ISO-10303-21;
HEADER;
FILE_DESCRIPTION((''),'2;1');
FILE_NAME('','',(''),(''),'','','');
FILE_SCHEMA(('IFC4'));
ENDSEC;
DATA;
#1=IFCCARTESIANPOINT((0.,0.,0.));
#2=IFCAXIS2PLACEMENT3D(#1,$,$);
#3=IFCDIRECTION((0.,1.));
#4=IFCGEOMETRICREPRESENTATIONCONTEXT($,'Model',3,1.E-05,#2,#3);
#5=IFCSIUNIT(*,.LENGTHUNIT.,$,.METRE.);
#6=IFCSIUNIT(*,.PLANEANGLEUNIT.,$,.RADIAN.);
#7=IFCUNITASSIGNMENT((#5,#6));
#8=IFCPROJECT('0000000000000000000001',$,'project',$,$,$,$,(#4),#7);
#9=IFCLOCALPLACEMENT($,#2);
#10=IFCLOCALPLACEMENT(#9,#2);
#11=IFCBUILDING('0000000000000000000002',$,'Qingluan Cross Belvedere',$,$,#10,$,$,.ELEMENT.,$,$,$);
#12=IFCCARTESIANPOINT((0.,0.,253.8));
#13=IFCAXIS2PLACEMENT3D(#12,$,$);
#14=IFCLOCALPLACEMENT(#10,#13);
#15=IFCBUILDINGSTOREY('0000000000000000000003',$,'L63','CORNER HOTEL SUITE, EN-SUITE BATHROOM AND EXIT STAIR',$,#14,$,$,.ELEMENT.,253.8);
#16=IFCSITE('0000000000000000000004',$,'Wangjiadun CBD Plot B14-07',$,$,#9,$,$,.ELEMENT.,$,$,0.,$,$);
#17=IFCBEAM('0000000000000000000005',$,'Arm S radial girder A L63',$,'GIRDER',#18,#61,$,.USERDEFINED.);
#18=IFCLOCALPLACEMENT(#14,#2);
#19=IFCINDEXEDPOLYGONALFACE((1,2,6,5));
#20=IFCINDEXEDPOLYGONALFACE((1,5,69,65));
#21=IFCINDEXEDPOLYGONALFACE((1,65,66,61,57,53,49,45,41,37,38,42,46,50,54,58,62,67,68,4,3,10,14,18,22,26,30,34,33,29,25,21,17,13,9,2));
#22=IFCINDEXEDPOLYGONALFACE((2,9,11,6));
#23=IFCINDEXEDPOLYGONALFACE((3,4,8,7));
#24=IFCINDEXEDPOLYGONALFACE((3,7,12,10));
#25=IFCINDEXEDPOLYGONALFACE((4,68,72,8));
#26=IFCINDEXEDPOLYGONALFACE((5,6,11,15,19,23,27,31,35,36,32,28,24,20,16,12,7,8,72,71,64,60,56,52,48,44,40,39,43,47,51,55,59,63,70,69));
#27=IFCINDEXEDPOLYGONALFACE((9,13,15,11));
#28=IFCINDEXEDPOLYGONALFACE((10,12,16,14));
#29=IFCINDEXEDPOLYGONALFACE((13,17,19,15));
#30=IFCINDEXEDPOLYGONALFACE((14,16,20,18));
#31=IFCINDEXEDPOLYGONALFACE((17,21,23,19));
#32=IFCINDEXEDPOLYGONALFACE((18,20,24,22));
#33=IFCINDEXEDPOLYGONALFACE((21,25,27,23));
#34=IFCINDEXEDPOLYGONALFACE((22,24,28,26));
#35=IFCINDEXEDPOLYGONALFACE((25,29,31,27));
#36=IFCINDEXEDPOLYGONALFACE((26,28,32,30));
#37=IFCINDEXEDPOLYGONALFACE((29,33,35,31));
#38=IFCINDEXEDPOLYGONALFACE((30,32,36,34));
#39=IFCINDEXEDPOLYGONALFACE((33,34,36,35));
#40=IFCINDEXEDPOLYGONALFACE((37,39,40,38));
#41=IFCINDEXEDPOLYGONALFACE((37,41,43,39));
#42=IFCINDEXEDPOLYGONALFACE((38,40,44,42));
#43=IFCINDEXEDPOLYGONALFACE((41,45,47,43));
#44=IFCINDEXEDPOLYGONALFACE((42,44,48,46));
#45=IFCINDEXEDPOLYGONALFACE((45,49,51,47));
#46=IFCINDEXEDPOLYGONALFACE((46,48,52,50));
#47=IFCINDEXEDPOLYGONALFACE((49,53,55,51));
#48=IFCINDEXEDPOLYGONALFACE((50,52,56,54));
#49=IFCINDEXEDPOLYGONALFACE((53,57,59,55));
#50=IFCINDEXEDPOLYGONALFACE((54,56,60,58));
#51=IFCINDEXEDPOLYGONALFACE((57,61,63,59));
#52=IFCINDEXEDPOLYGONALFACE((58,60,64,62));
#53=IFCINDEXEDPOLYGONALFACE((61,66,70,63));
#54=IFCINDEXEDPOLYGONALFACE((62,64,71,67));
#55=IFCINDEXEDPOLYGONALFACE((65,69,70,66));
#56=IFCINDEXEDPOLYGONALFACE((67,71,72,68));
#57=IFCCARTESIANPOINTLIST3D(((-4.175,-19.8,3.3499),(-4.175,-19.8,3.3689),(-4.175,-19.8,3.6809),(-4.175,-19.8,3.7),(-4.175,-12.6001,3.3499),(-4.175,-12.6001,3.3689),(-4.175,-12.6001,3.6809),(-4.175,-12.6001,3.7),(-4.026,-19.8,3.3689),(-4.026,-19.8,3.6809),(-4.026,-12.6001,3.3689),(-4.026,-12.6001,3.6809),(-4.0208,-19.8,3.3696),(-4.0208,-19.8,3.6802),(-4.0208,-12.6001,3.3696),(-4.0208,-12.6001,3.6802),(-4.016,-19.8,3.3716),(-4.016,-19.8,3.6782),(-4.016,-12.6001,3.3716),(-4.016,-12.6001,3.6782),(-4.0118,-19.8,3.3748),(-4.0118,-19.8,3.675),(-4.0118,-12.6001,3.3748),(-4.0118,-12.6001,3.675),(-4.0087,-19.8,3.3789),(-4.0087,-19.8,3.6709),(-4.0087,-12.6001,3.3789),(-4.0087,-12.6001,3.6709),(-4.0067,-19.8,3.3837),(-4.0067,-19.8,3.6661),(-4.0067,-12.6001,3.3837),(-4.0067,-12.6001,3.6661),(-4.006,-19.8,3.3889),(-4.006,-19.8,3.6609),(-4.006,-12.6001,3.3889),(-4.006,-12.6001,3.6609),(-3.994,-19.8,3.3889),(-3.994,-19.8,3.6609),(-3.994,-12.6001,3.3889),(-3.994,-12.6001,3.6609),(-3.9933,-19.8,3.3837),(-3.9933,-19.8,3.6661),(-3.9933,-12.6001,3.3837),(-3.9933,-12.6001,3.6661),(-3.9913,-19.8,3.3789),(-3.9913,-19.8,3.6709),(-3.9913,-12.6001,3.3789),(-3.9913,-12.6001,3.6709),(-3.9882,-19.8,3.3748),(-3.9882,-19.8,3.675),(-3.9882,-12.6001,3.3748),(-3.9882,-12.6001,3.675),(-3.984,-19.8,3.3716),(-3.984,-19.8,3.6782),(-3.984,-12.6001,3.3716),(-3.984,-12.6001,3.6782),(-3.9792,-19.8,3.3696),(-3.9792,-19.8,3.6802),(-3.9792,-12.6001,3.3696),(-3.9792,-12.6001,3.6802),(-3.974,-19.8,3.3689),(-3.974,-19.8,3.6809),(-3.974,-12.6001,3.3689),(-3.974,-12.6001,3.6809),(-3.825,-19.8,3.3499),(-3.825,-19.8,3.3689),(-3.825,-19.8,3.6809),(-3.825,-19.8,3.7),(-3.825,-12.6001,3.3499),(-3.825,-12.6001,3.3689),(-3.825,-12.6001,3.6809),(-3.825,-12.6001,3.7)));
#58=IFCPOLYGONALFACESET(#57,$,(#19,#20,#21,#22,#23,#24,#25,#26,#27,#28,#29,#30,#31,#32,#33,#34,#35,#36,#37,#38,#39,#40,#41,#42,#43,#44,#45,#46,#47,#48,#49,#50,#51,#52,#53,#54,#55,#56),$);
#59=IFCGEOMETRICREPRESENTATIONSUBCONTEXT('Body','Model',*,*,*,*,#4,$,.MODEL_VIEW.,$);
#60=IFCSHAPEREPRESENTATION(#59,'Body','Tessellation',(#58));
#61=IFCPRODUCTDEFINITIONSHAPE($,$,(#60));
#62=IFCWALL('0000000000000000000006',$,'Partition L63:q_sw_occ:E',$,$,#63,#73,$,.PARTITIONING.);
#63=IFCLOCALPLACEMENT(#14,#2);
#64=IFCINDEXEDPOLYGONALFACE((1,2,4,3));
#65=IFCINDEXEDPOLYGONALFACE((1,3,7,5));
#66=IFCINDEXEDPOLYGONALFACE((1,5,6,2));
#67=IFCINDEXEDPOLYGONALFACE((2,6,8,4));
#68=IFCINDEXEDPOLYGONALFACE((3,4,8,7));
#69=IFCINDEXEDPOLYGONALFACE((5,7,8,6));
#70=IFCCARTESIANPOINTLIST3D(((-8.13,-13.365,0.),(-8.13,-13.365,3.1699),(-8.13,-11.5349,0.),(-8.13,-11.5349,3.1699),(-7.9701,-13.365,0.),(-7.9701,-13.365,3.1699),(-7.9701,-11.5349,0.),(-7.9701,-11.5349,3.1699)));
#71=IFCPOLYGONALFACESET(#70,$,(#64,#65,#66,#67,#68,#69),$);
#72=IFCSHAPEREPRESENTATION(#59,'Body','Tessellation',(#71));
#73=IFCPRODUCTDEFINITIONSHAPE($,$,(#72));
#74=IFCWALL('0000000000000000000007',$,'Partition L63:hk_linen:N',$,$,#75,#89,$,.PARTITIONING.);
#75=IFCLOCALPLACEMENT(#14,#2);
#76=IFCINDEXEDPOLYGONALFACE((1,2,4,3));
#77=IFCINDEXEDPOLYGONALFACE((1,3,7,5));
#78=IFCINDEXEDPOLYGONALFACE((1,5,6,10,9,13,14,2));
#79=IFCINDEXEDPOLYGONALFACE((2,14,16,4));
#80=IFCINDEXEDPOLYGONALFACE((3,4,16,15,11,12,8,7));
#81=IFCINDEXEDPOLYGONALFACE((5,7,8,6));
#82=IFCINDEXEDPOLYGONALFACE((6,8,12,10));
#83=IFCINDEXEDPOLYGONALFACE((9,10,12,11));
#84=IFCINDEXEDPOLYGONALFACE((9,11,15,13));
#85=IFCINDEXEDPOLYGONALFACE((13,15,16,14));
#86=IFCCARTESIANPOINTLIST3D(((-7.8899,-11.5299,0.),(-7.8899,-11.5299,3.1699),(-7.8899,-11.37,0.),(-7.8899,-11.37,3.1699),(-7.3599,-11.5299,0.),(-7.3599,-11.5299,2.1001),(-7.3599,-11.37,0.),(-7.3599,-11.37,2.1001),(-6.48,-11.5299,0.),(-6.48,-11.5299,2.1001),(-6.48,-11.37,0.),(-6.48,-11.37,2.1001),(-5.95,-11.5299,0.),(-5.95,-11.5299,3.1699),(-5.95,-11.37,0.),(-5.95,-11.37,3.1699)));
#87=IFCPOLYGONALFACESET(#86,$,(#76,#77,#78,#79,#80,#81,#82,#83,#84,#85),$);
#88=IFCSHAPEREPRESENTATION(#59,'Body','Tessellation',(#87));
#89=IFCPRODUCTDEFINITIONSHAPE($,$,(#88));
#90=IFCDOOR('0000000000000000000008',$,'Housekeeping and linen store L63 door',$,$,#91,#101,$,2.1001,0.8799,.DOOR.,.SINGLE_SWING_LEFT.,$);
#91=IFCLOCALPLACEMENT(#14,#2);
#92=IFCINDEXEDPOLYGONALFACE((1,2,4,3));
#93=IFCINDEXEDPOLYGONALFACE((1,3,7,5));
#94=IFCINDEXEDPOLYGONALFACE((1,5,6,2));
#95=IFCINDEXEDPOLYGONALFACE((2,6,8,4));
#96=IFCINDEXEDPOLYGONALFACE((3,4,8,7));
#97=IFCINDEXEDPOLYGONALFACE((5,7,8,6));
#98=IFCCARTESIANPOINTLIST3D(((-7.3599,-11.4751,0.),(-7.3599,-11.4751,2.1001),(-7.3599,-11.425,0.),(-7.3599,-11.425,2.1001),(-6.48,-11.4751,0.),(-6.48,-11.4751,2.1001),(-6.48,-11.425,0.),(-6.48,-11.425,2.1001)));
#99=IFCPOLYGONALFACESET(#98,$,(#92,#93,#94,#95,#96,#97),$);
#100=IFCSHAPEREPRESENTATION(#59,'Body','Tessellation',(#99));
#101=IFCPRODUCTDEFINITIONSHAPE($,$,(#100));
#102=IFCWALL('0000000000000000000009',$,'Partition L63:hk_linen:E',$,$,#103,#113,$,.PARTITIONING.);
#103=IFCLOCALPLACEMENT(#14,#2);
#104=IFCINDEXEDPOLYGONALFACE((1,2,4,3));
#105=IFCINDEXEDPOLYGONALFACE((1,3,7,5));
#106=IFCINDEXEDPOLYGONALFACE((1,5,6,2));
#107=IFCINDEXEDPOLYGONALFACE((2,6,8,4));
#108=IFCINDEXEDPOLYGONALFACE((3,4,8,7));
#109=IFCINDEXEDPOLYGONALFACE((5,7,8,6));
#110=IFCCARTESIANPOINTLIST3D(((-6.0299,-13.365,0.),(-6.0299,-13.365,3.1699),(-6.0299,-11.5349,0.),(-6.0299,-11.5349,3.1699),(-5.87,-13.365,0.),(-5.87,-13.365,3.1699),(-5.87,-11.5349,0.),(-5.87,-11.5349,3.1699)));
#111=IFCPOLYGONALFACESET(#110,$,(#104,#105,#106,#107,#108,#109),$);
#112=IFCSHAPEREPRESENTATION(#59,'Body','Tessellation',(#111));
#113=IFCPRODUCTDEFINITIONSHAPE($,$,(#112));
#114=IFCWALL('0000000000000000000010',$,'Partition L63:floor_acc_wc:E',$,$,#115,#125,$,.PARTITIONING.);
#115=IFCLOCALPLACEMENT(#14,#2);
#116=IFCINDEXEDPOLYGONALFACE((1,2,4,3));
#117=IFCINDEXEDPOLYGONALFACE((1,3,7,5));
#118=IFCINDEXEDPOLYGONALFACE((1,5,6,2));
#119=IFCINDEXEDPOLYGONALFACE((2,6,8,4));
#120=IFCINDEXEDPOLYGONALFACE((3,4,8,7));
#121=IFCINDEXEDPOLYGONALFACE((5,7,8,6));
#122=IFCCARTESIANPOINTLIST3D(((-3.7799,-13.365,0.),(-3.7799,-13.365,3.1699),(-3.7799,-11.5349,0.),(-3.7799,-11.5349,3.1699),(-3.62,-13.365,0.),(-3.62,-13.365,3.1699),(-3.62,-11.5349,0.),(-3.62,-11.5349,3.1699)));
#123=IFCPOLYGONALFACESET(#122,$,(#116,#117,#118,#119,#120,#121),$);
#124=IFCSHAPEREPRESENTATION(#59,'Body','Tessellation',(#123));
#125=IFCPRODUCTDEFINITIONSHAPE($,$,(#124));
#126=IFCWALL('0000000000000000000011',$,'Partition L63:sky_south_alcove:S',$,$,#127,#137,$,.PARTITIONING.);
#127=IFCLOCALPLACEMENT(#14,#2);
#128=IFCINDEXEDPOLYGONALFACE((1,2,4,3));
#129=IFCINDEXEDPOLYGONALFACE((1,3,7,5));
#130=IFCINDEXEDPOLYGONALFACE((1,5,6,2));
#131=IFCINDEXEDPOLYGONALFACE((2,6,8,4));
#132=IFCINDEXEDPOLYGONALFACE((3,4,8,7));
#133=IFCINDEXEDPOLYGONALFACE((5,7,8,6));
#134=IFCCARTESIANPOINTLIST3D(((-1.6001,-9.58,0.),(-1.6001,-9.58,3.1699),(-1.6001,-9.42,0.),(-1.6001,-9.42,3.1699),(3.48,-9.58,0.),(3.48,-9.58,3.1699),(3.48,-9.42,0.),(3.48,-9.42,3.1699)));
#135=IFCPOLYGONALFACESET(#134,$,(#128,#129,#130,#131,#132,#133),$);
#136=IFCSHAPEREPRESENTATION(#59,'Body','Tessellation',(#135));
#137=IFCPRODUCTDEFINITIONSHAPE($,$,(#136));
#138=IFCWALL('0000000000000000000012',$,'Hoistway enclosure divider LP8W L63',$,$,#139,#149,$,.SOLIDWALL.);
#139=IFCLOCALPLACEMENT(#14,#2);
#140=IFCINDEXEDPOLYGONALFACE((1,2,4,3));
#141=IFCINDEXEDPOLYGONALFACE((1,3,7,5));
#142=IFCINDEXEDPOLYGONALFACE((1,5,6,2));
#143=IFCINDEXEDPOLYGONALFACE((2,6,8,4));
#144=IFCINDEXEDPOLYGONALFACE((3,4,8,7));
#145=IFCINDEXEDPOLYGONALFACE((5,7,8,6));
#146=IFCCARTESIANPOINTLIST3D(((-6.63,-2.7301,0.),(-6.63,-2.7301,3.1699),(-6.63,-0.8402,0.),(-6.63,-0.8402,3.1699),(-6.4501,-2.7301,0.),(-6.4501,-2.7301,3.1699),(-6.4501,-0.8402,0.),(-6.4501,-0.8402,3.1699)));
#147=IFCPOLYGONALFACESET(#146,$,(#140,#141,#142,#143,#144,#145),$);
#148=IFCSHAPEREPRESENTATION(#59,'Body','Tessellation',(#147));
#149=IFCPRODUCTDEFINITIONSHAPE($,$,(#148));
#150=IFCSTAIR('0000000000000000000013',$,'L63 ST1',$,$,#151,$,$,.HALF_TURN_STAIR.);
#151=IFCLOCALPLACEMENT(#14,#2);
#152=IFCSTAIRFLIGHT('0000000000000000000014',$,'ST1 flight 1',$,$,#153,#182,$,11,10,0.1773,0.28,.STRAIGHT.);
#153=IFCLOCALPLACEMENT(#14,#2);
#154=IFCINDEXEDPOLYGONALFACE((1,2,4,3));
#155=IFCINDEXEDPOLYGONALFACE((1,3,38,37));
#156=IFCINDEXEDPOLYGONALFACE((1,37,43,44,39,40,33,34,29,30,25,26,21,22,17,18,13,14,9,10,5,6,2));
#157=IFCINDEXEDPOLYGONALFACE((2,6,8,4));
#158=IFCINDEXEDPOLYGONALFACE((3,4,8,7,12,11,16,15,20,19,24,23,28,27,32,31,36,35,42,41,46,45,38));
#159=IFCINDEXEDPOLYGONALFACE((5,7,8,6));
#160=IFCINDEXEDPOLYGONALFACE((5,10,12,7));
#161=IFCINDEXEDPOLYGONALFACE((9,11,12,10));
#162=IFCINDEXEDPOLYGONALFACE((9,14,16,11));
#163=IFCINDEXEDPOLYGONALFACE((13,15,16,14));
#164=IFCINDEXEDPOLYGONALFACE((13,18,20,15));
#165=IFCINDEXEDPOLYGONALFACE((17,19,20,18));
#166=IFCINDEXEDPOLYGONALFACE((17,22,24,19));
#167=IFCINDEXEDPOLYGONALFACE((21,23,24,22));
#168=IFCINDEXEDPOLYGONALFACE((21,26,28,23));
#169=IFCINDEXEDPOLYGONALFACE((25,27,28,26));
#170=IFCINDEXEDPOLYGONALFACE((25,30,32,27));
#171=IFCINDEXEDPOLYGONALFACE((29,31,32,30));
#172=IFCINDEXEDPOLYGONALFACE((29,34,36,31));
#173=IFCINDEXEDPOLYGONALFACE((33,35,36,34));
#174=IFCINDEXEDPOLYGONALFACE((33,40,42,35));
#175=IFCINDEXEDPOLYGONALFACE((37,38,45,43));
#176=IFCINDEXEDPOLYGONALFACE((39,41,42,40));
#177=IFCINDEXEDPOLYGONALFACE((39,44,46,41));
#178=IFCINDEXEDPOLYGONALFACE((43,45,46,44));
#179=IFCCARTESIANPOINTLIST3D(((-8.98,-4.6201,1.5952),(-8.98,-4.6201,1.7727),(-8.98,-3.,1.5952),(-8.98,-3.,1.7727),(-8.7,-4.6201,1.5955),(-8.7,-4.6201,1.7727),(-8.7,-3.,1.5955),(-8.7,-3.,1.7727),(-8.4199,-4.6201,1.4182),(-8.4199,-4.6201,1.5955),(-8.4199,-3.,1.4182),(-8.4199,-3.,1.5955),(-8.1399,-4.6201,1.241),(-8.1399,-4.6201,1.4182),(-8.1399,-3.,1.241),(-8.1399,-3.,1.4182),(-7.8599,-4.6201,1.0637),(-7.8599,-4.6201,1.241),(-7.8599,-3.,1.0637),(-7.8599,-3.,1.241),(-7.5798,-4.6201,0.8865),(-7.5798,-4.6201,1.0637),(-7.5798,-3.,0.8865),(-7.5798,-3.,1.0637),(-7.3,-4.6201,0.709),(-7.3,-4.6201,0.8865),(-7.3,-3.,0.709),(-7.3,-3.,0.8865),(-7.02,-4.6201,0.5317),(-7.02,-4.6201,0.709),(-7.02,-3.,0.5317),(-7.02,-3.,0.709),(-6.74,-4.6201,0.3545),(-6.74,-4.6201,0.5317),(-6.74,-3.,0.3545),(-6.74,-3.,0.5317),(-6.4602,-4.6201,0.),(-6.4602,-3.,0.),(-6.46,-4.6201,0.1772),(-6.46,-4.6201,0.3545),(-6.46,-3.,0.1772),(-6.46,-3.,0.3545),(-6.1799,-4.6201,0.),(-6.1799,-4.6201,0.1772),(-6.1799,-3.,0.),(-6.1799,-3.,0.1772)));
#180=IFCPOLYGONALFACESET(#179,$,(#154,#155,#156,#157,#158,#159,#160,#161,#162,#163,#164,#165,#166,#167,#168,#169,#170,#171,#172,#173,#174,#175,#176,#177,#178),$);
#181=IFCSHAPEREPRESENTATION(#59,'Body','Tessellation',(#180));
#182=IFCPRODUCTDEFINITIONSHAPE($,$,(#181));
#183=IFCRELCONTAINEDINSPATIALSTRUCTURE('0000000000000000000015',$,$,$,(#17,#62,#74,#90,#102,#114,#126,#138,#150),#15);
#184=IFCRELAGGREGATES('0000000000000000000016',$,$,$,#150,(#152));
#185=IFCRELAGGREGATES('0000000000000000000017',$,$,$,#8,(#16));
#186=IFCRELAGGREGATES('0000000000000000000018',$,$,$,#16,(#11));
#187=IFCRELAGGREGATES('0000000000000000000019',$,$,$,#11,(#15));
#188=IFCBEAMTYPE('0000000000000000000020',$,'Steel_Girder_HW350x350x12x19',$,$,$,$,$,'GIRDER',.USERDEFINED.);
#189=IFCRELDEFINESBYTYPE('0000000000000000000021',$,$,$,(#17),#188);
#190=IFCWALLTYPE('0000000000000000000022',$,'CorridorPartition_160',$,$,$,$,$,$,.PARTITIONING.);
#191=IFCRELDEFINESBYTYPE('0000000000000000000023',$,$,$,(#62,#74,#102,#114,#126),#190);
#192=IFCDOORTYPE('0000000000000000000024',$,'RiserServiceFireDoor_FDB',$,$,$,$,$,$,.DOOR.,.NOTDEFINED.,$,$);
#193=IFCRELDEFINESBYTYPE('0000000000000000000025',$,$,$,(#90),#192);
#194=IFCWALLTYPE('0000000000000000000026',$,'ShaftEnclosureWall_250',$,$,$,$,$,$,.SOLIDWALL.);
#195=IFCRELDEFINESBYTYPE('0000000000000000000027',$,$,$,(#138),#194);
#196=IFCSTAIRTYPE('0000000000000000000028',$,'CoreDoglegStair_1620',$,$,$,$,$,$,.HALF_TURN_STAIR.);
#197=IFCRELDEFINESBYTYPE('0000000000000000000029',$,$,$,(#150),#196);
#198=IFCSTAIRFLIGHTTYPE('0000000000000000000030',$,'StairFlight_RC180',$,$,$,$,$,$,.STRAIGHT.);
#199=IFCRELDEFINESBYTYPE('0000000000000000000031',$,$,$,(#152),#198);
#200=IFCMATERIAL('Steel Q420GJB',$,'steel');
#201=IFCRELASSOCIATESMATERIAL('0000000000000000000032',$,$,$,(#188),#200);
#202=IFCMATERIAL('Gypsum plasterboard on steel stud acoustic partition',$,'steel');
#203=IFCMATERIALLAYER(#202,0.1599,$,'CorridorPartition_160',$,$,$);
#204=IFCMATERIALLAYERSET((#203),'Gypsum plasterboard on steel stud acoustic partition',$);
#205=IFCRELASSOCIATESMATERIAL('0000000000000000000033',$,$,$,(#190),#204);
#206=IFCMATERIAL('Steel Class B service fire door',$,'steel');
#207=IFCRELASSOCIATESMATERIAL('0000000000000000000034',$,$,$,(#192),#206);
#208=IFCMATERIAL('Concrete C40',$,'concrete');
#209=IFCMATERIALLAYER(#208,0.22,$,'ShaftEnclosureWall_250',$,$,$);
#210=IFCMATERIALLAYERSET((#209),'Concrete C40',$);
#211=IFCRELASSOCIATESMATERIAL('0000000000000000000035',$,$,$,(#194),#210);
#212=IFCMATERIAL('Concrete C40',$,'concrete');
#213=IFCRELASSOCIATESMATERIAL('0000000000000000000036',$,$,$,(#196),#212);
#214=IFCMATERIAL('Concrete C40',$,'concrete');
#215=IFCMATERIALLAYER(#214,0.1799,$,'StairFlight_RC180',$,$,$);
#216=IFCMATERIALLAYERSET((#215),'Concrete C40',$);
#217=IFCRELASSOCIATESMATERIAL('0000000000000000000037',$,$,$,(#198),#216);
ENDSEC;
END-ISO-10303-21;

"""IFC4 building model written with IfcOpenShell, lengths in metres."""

from ifc_helpers import new_model, si_unit, direction, frame, frame_2d, origin, origin_2d, place, context, subcontext, project, spatial, polyline, rectangle, i_section, outline, extrude, material, layer, layer_set, material_profile, profile_set, type_object, element, fill, aggregate, save


model = new_model("IFC4")

# Units and contexts
model_context = context("Model", 3, precision=1e-05, world=origin(), true_north=direction((0.0, 1.0)))
body_context = subcontext(model_context, "Body", "Model", "MODEL_VIEW")
ifc_project = project(units=[si_unit("LENGTHUNIT", "METRE"), si_unit("PLANEANGLEUNIT", "RADIAN")], contexts=[model_context])

# Site, building, storey
site_placement = place(None, origin())
site = spatial("IfcSite", under=ifc_project, at=site_placement, Name="Wangjiadun CBD Plot B14-07", CompositionType="ELEMENT", RefElevation=0.0)
building_placement = place(site_placement, origin())
building = spatial("IfcBuilding", under=site, at=building_placement, Name="Qingluan Cross Belvedere", CompositionType="ELEMENT")
storey_placement = place(building_placement, frame((0.0, 0.0, 253.8)))
storey = spatial("IfcBuildingStorey", under=building, at=storey_placement, Name="L63", Description="CORNER HOTEL SUITE, EN-SUITE BATHROOM AND EXIT STAIR", CompositionType="ELEMENT", Elevation=253.8)

# Beam
ifc_material_1 = material(Name="Steel Q420GJB", Category="steel")
ifc_material_profile_1 = material_profile(ifc_material_1, i_section(OverallWidth=0.3501, OverallDepth=0.3501, WebThickness=0.012, FlangeThickness=0.019, FilletRadius=0.02, at=origin_2d()), Name="HW350x350x12x19")
ifc_profile_set_1 = profile_set([ifc_material_profile_1], Name="Steel Q420GJB")
beam_type_1 = type_object("IfcBeamType", Name="Steel_Girder_HW350x350x12x19", ElementType="GIRDER", PredefinedType="USERDEFINED", material=ifc_profile_set_1)
beam_1_placement = place(storey_placement, frame((-4.0, -12.6001, 3.5249), z_axis=(0.0, -1.0, 0.0), x_axis=(1.0, 0.0, 0.0)))
element("IfcBeam", 1, at=beam_1_placement, inside=storey, type_object=beam_type_1, Name="Arm S radial girder A L63", ObjectType="GIRDER", PredefinedType="USERDEFINED", context=body_context, shape_type="SweptSolid", body=[
    extrude(i_section(OverallWidth=0.3501, OverallDepth=0.3501, WebThickness=0.012, FlangeThickness=0.019, FilletRadius=0.02, at=origin_2d()), origin(), (0.0, 0.0, 1.0), 7.2),
])

# Wall
ifc_material_2 = material(Name="Gypsum plasterboard on steel stud acoustic partition", Category="steel")
ifc_layer_1 = layer(ifc_material_2, 0.1599, Name="CorridorPartition_160")
ifc_layer_set_1 = layer_set([ifc_layer_1], Name="Gypsum plasterboard on steel stud acoustic partition")
wall_type_1 = type_object("IfcWallType", Name="CorridorPartition_160", PredefinedType="PARTITIONING", material=ifc_layer_set_1)
wall_1_placement = place(storey_placement, frame((-8.05, -13.365, 0.0), z_axis=(0.0, 0.0, 1.0), x_axis=(0.0, 1.0, 0.0)))
element("IfcWall", 2, at=wall_1_placement, inside=storey, type_object=wall_type_1, Name="Partition L63:q_sw_occ:E", PredefinedType="PARTITIONING", context=body_context, shape_type="SweptSolid", body=[
    extrude(rectangle(XDim=1.8301, YDim=0.1599, at=frame_2d((0.915, 0.0))), origin(), (0.0, 0.0, 1.0), 3.1699),
])

# Wall, opening, door
wall_2_placement = place(storey_placement, frame((-7.8899, -11.45, 0.0), z_axis=(0.0, 0.0, 1.0), x_axis=(1.0, 0.0, 0.0)))
wall_2 = element("IfcWall", 3, at=wall_2_placement, inside=storey, type_object=wall_type_1, Name="Partition L63:hk_linen:N", PredefinedType="PARTITIONING", context=body_context, shape_type="SweptSolid", body=[
    extrude(rectangle(XDim=1.9399, YDim=0.1599, at=frame_2d((0.97, 0.0))), origin(), (0.0, 0.0, 1.0), 3.1699),
])
opening_1_placement = place(wall_2_placement, frame((0.53, 0.0, 0.0)))
opening_1 = element("IfcOpeningElement", 4, at=opening_1_placement, cuts=wall_2, PredefinedType="OPENING", context=body_context, shape_type="SweptSolid", body=[
    extrude(rectangle(XDim=0.8799, YDim=2.1001, at=frame_2d((0.4399, 1.05))), frame((0.0, 0.0898, 0.0), z_axis=(0.0, -1.0, 0.0), x_axis=(1.0, 0.0, 0.0)), (0.0, 0.0, 1.0), 0.1799),
])
ifc_material_3 = material(Name="Steel Class B service fire door", Category="steel")
door_type_1 = type_object("IfcDoorType", Name="RiserServiceFireDoor_FDB", OperationType="NOTDEFINED", PredefinedType="DOOR", material=ifc_material_3)
door_1_placement = place(opening_1_placement, origin())
door_1 = element("IfcDoor", 5, at=door_1_placement, inside=storey, type_object=door_type_1, Name="Housekeeping and linen store L63 door", OperationType="SINGLE_SWING_LEFT", OverallHeight=2.1001, OverallWidth=0.8799, PredefinedType="DOOR", context=body_context, shape_type="SweptSolid", body=[
    extrude(rectangle(XDim=0.8799, YDim=2.1001, at=frame_2d((0.4399, 1.05))), frame((0.0, 0.0249, 0.0), z_axis=(0.0, -1.0, 0.0), x_axis=(1.0, 0.0, 0.0)), (0.0, 0.0, 1.0), 0.05),
])
fill(opening_1, door_1)

# Wall
wall_3_placement = place(storey_placement, frame((-5.95, -13.365, 0.0), z_axis=(0.0, 0.0, 1.0), x_axis=(0.0, 1.0, 0.0)))
element("IfcWall", 6, at=wall_3_placement, inside=storey, type_object=wall_type_1, Name="Partition L63:hk_linen:E", PredefinedType="PARTITIONING", context=body_context, shape_type="SweptSolid", body=[
    extrude(rectangle(XDim=1.8301, YDim=0.1599, at=frame_2d((0.915, 0.0))), origin(), (0.0, 0.0, 1.0), 3.1699),
])

# Walls
wall_4_placement = place(storey_placement, frame((-3.7, -13.365, 0.0), z_axis=(0.0, 0.0, 1.0), x_axis=(0.0, 1.0, 0.0)))
element("IfcWall", 7, at=wall_4_placement, inside=storey, type_object=wall_type_1, Name="Partition L63:floor_acc_wc:E", PredefinedType="PARTITIONING", context=body_context, shape_type="SweptSolid", body=[
    extrude(rectangle(XDim=1.8301, YDim=0.1599, at=frame_2d((0.915, 0.0))), origin(), (0.0, 0.0, 1.0), 3.1699),
])
wall_5_placement = place(storey_placement, frame((-1.6001, -9.5, 0.0), z_axis=(0.0, 0.0, 1.0), x_axis=(1.0, 0.0, 0.0)))
element("IfcWall", 8, at=wall_5_placement, inside=storey, type_object=wall_type_1, Name="Partition L63:sky_south_alcove:S", PredefinedType="PARTITIONING", context=body_context, shape_type="SweptSolid", body=[
    extrude(rectangle(XDim=5.0801, YDim=0.1599, at=frame_2d((2.54, 0.0))), origin(), (0.0, 0.0, 1.0), 3.1699),
])

# Wall
ifc_material_4 = material(Name="Concrete C40", Category="concrete")
ifc_layer_2 = layer(ifc_material_4, 0.22, Name="ShaftEnclosureWall_250")
ifc_layer_set_2 = layer_set([ifc_layer_2], Name="Concrete C40")
wall_type_2 = type_object("IfcWallType", Name="ShaftEnclosureWall_250", PredefinedType="SOLIDWALL", material=ifc_layer_set_2)
wall_6_placement = place(storey_placement, frame((-6.54, -2.73, 0.0), z_axis=(0.0, 0.0, 1.0), x_axis=(0.0, 1.0, 0.0)))
element("IfcWall", 9, at=wall_6_placement, inside=storey, type_object=wall_type_2, Name="Hoistway enclosure divider LP8W L63", PredefinedType="SOLIDWALL", context=body_context, shape_type="SweptSolid", body=[
    extrude(rectangle(XDim=1.8899, YDim=0.1799, at=frame_2d((0.9448, 0.0))), origin(), (0.0, 0.0, 1.0), 3.1699),
])

# Stair, stair flight
ifc_material_5 = material(Name="Concrete C40", Category="concrete")
stair_type = type_object("IfcStairType", Name="CoreDoglegStair_1620", PredefinedType="HALF_TURN_STAIR", material=ifc_material_5)
stair_placement = place(storey_placement, origin())
stair = element("IfcStair", 10, at=stair_placement, inside=storey, type_object=stair_type, Name="L63 ST1", PredefinedType="HALF_TURN_STAIR")
ifc_material_6 = material(Name="Concrete C40", Category="concrete")
ifc_layer_3 = layer(ifc_material_6, 0.1799, Name="StairFlight_RC180")
ifc_layer_set_3 = layer_set([ifc_layer_3], Name="Concrete C40")
stair_flight_type = type_object("IfcStairFlightType", Name="StairFlight_RC180", PredefinedType="STRAIGHT", material=ifc_layer_set_3)
stair_flight_placement = place(storey_placement, frame((-6.1799, -3.8101, 0.0), z_axis=(0.0, 0.0, 1.0), x_axis=(-1.0, 0.0, 0.0)))
stair_flight = element("IfcStairFlight", 11, at=stair_flight_placement, type_object=stair_flight_type, Name="ST1 flight 1", NumberOfRisers=11, NumberOfTreads=10, PredefinedType="STRAIGHT", RiserHeight=0.1773, TreadLength=0.28, context=body_context, shape_type="SweptSolid", body=[
    extrude(outline(polyline([(0.0, 0.0), (0.0, 0.1772), (0.28, 0.1772), (0.28, 0.3545), (0.5601, 0.3545), (0.5601, 0.5317), (0.8401, 0.5317), (0.8401, 0.709), (1.1201, 0.709), (1.1201, 0.8865), (1.3999, 0.8865), (1.3999, 1.0637), (1.6799, 1.0637), (1.6799, 1.241), (1.96, 1.241), (1.96, 1.4182), (2.24, 1.4182), (2.24, 1.5955), (2.52, 1.5955), (2.52, 1.7727), (2.8, 1.7727), (2.8, 1.95), (2.8, 1.5952), (0.2803, 0.0), (0.0, 0.0)])), frame((0.0, 0.8101, 0.0), z_axis=(0.0, -1.0, 0.0), x_axis=(1.0, 0.0, 0.0)), (0.0, 0.0, 1.0), 1.6201),
])
aggregate(stair, [stair_flight])

save(model, "model.ifc")
